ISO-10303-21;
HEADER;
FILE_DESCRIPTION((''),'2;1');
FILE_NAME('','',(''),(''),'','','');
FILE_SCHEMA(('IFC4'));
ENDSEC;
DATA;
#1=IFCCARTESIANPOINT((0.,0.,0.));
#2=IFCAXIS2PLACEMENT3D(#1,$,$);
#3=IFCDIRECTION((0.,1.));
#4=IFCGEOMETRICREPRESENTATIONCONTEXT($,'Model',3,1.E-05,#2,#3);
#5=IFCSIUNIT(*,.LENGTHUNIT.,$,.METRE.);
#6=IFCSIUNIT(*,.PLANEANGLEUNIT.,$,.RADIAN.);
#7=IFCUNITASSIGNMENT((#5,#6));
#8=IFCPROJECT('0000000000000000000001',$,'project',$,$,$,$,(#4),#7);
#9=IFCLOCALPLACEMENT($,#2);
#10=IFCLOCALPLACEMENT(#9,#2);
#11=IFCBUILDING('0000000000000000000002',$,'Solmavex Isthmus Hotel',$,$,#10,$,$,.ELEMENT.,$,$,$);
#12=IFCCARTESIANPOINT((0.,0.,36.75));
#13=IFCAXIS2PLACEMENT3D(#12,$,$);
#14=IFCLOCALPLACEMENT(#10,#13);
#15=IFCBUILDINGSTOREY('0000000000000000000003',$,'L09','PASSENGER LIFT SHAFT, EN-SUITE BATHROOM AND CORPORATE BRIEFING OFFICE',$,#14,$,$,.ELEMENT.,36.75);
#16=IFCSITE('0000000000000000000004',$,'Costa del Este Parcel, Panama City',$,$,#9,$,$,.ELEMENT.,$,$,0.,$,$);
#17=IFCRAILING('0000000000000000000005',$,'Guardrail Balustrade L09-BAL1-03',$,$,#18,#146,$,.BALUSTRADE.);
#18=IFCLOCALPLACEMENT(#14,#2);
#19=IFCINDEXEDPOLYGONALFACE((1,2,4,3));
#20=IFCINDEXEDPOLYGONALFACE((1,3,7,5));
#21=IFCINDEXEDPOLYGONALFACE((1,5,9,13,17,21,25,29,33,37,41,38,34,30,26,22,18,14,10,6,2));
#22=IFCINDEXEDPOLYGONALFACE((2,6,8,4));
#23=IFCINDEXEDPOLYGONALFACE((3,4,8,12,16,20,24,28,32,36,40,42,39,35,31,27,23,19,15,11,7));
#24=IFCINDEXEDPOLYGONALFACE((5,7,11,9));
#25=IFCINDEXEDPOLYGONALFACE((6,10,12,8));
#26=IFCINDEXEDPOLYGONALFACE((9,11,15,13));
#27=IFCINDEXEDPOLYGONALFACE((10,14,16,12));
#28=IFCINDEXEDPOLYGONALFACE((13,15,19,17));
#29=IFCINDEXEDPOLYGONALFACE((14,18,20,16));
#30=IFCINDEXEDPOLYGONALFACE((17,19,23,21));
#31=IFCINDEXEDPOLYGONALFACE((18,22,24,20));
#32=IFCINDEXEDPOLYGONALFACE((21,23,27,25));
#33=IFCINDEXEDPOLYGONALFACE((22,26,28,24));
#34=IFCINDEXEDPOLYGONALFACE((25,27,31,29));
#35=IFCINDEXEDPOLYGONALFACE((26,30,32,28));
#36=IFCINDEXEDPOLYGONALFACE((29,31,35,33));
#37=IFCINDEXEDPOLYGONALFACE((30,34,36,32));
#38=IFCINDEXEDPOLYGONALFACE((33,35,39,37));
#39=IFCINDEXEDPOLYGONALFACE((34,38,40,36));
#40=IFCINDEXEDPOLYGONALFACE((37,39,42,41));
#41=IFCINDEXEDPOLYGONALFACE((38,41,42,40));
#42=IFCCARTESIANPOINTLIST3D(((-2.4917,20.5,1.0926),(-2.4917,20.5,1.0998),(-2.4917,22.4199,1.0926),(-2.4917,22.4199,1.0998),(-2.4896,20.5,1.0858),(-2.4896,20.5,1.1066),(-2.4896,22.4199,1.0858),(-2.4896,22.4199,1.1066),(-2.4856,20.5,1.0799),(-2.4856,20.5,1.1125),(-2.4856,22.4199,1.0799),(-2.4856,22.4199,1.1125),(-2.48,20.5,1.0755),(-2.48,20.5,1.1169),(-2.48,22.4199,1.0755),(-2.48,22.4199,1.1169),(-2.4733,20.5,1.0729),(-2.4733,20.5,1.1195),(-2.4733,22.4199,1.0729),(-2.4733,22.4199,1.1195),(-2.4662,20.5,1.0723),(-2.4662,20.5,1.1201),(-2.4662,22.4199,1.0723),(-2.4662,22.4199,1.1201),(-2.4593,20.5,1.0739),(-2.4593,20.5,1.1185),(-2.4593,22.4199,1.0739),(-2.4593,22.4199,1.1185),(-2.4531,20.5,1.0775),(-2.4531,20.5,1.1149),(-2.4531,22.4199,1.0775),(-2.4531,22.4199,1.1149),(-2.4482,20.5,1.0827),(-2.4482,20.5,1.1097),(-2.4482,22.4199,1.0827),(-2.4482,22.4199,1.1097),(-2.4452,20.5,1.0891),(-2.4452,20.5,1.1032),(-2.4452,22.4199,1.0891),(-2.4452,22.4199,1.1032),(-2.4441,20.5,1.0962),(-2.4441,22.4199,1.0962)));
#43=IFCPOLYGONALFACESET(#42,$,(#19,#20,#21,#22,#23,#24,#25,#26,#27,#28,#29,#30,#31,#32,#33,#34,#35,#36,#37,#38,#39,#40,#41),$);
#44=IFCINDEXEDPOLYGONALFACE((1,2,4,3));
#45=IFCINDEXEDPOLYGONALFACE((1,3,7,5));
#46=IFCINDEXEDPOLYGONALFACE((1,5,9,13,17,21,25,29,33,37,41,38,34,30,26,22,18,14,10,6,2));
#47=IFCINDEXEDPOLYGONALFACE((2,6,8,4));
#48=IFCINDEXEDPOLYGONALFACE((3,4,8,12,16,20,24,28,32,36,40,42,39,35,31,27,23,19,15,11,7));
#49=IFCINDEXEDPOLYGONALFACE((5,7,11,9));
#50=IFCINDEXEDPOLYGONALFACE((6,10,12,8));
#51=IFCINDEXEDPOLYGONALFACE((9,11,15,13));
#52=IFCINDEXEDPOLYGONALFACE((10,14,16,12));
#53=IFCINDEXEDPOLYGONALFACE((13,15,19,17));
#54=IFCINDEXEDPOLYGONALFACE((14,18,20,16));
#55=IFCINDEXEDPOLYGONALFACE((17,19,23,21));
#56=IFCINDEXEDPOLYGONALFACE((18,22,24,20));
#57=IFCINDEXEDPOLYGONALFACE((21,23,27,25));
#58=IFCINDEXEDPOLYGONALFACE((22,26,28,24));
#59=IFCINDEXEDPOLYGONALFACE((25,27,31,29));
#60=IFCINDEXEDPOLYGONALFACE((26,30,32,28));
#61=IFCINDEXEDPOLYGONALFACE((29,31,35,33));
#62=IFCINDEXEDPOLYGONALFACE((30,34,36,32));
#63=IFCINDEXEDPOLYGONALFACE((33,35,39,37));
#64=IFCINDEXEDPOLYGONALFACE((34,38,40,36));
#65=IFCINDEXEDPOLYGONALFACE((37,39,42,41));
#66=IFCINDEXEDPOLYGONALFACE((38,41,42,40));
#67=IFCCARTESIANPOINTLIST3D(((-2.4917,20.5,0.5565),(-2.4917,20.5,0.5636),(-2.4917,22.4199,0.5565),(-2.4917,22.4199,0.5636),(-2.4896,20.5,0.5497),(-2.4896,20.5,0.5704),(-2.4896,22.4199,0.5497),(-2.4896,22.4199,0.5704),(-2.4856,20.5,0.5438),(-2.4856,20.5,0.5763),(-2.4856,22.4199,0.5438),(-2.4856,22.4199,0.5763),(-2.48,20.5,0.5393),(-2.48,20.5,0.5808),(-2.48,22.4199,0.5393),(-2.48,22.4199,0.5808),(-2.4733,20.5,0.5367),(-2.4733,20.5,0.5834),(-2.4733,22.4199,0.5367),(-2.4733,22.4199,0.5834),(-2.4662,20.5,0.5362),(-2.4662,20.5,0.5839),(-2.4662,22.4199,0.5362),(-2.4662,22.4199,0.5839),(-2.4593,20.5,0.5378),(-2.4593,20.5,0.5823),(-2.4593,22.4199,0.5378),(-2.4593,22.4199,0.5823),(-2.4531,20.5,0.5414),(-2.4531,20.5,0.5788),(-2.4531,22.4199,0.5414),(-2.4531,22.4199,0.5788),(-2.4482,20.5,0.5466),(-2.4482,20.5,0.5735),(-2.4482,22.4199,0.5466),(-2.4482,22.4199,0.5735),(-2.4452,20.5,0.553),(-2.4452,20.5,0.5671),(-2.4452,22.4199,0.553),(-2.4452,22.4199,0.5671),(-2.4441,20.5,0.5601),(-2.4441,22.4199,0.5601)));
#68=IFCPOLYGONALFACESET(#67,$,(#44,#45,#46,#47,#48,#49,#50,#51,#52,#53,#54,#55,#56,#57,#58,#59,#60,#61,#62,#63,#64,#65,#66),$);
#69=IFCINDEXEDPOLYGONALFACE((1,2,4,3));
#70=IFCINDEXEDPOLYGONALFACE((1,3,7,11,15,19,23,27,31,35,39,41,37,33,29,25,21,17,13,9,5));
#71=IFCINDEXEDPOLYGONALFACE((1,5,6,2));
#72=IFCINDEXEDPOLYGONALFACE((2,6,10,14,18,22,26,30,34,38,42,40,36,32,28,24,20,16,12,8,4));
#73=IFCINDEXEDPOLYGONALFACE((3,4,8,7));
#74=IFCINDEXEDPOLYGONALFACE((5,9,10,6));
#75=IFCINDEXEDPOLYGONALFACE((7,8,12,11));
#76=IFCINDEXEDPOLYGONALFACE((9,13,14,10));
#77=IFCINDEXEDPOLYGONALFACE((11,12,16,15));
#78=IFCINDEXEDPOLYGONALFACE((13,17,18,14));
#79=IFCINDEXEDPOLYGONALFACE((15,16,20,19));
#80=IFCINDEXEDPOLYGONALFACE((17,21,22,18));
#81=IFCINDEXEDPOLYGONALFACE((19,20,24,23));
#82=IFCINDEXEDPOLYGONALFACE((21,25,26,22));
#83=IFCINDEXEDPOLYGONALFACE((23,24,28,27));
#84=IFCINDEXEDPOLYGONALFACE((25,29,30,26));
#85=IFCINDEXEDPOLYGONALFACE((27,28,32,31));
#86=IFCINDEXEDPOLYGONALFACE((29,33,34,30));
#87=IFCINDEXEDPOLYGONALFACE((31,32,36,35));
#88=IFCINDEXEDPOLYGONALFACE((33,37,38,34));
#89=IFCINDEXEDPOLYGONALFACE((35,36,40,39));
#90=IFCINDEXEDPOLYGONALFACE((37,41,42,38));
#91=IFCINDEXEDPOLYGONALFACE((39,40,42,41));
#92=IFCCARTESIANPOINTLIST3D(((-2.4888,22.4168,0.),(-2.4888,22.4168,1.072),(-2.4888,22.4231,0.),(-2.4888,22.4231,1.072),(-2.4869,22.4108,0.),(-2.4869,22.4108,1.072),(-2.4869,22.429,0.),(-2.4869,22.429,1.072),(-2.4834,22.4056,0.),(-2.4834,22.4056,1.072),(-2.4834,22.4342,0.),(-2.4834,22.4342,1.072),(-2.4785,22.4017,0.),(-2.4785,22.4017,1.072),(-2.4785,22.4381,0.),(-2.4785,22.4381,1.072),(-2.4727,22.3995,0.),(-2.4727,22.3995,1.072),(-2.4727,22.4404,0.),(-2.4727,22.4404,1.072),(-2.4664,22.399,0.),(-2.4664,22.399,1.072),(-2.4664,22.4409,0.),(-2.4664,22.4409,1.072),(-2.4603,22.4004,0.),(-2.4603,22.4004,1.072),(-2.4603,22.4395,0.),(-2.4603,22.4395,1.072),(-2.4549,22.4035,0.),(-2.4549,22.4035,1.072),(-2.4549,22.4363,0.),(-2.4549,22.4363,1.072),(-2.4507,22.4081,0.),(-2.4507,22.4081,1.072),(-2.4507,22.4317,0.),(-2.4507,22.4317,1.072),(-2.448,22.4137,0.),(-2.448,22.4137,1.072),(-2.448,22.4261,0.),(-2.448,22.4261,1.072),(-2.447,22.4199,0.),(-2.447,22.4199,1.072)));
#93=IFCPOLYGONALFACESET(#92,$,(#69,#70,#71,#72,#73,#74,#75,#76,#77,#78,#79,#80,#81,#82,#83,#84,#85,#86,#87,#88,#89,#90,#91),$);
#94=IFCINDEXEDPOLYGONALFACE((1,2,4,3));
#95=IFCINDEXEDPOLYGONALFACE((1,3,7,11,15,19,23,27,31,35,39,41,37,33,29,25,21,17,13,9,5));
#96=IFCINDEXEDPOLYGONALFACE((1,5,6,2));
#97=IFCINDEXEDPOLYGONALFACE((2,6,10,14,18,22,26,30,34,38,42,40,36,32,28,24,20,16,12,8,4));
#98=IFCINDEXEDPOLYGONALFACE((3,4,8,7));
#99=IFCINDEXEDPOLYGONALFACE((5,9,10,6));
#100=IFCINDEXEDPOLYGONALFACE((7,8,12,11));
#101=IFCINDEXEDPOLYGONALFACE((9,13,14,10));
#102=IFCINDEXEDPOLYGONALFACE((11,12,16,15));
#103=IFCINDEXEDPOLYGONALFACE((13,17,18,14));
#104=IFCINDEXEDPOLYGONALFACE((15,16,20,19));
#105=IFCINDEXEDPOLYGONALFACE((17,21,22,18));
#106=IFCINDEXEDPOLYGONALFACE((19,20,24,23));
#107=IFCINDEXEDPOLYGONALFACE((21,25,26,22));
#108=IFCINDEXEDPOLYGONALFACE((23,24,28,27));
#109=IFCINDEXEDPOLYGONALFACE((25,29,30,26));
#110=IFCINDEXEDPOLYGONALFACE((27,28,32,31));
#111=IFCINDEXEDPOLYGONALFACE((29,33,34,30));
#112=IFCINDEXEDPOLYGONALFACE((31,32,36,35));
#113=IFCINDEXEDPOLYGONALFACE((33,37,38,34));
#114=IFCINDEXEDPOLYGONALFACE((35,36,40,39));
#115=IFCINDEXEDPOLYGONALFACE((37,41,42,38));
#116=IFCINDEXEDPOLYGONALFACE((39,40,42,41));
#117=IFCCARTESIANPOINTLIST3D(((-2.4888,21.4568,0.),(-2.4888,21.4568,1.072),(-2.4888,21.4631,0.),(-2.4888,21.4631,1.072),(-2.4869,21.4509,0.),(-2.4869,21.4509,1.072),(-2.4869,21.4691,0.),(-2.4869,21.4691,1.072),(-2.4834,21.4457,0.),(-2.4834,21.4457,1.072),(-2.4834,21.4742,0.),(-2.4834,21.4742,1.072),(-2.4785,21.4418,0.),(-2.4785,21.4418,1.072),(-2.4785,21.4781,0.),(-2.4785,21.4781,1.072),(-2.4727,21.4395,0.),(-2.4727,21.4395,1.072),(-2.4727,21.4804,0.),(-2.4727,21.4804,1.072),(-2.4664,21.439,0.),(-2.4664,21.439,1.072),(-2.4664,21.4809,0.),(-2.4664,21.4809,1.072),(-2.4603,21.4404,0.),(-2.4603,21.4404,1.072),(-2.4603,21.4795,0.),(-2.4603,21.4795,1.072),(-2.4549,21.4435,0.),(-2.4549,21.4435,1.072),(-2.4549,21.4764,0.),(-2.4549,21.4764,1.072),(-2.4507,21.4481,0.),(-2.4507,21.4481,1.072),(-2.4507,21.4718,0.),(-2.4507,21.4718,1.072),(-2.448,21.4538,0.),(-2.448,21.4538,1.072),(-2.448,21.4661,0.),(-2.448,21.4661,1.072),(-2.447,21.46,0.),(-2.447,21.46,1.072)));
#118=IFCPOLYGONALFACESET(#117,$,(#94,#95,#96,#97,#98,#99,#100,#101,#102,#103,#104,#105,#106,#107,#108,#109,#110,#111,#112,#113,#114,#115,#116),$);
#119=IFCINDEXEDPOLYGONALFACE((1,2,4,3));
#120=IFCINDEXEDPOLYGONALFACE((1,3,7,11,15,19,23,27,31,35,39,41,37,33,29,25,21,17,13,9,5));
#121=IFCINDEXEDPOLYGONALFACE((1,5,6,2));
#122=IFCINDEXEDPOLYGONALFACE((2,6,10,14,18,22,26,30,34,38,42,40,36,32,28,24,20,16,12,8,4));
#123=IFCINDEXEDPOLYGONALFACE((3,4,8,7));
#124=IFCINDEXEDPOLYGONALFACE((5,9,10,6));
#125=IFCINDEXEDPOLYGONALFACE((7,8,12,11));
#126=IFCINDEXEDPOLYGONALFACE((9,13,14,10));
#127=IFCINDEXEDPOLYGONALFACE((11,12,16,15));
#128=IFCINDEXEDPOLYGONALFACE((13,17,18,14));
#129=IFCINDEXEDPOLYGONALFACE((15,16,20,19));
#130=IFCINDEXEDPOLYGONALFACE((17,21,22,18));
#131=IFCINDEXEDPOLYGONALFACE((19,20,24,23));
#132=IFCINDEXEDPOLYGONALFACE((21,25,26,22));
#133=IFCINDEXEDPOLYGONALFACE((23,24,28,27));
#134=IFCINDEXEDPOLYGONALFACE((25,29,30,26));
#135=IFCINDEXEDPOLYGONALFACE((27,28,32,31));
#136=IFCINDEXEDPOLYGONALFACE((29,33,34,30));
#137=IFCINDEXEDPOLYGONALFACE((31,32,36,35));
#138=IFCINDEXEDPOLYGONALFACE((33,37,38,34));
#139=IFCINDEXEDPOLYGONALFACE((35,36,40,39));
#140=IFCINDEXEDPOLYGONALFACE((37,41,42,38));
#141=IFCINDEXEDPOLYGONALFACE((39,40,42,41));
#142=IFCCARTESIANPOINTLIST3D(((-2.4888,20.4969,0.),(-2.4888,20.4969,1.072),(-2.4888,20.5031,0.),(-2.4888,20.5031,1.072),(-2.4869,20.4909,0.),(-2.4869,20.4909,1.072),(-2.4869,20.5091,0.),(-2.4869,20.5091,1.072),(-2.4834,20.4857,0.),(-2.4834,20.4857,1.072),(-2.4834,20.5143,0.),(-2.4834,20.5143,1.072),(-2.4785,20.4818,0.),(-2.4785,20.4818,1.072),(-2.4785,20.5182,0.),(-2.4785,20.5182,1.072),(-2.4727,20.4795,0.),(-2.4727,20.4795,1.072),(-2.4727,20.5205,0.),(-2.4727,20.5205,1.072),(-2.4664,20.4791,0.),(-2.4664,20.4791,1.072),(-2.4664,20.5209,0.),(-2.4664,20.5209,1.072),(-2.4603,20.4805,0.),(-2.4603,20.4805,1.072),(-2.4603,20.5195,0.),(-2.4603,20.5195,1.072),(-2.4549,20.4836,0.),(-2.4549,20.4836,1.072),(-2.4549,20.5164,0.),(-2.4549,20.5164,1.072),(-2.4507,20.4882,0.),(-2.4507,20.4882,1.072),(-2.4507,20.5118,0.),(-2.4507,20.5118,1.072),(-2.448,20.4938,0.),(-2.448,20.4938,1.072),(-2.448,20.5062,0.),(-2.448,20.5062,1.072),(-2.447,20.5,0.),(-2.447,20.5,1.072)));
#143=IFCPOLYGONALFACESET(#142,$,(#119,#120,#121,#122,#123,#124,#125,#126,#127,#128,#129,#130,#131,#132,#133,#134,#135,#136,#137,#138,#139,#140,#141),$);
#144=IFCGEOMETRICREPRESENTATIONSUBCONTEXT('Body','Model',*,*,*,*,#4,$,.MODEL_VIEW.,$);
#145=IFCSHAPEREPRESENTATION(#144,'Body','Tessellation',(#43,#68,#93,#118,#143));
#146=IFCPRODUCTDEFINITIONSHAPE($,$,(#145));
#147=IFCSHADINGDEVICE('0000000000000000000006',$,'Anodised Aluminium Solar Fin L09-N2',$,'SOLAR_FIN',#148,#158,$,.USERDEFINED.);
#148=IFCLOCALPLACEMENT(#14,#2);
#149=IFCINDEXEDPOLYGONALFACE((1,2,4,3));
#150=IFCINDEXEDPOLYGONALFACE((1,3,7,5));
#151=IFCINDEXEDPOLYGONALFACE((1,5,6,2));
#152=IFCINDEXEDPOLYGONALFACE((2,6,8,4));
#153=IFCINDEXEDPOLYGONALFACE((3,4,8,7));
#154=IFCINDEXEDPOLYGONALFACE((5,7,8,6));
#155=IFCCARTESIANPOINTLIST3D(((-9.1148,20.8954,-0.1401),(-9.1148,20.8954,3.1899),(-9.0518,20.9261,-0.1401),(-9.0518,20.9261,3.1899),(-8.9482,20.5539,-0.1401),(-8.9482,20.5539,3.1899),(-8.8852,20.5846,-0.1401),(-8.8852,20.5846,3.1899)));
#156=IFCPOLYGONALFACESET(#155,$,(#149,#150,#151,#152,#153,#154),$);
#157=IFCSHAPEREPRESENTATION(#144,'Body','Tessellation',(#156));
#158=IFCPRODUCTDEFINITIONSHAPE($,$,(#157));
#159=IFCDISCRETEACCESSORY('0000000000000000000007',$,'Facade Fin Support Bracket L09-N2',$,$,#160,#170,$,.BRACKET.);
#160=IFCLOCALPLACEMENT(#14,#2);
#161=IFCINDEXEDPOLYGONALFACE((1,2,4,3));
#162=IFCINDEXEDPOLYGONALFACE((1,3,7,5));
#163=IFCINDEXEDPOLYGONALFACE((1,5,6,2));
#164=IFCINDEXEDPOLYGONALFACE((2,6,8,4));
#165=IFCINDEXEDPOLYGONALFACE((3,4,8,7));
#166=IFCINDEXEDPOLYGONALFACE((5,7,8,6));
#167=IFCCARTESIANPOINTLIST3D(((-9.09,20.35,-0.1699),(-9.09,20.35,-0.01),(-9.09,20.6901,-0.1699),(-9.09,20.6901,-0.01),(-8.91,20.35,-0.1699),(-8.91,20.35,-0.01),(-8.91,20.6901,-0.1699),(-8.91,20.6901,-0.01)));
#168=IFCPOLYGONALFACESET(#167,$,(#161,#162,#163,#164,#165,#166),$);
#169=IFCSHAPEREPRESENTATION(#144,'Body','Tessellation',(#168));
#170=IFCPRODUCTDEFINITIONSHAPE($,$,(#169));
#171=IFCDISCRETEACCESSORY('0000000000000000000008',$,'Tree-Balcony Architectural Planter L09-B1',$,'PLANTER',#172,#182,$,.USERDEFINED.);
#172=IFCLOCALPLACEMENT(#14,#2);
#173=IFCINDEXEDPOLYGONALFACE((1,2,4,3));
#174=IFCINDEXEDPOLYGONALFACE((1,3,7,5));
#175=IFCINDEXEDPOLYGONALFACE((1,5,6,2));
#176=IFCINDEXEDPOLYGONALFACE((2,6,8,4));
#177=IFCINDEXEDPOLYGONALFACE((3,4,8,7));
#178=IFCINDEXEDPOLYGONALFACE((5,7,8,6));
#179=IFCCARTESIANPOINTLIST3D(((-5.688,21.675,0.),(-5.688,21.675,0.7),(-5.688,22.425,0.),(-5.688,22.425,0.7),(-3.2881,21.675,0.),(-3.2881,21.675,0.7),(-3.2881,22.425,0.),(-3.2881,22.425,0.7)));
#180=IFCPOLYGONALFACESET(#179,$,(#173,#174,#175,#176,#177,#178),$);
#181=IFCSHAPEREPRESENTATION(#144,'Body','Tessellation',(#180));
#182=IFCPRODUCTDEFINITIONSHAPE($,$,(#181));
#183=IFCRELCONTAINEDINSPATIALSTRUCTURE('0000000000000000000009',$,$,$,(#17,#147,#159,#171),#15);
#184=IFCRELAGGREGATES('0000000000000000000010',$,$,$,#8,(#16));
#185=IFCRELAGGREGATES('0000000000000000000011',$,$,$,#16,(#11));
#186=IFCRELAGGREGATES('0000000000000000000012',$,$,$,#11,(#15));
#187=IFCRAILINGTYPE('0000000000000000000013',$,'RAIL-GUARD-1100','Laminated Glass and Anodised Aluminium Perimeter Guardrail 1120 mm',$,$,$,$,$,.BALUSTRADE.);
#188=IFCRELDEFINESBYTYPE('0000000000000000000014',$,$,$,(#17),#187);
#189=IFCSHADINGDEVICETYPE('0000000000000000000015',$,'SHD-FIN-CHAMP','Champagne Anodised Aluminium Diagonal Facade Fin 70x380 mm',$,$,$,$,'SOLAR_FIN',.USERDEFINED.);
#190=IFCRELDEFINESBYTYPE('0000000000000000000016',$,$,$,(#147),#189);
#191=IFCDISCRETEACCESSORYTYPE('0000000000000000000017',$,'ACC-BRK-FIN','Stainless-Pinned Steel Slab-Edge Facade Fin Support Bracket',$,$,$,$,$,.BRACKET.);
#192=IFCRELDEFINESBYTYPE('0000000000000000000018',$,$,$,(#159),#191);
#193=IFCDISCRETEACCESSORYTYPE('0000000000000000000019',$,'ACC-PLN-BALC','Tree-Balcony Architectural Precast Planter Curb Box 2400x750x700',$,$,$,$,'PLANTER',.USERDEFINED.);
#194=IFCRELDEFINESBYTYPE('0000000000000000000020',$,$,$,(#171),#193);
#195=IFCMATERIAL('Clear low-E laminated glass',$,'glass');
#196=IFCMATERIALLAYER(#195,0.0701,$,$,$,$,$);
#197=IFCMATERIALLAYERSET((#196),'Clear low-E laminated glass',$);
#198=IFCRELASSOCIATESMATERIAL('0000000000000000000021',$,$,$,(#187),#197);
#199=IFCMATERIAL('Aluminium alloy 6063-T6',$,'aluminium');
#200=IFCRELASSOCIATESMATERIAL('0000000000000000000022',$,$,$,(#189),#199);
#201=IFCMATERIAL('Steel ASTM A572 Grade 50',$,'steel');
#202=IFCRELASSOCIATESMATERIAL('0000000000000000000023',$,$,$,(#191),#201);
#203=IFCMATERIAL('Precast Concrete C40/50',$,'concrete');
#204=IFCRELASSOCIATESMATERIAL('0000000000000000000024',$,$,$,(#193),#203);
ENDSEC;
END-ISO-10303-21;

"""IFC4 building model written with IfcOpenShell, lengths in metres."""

from ifc_helpers import new_model, si_unit, direction, frame, origin, origin_2d, place, context, subcontext, project, spatial, rectangle, circle, extrude, material, layer, layer_set, type_object, element, save


model = new_model("IFC4")

# Units and contexts
model_context = context("Model", 3, precision=1e-05, world=origin(), true_north=direction((0.0, 1.0)))
body_context = subcontext(model_context, "Body", "Model", "MODEL_VIEW")
ifc_project = project(units=[si_unit("LENGTHUNIT", "METRE"), si_unit("PLANEANGLEUNIT", "RADIAN")], contexts=[model_context])

# Site, building, storey
site_placement = place(None, origin())
site = spatial("IfcSite", under=ifc_project, at=site_placement, Name="Costa del Este Parcel, Panama City", CompositionType="ELEMENT", RefElevation=0.0)
building_placement = place(site_placement, origin())
building = spatial("IfcBuilding", under=site, at=building_placement, Name="Solmavex Isthmus Hotel", CompositionType="ELEMENT")
storey_placement = place(building_placement, frame((0.0, 0.0, 36.75)))
storey = spatial("IfcBuildingStorey", under=building, at=storey_placement, Name="L09", Description="PASSENGER LIFT SHAFT, EN-SUITE BATHROOM AND CORPORATE BRIEFING OFFICE", CompositionType="ELEMENT", Elevation=36.75)

# Shared definitions
ifc_material_1 = material(Name="Aluminium alloy 6063-T6", Category="aluminium")

# Shared definitions
ifc_material_2 = material(Name="Clear low-E laminated glass", Category="glass")

# Shared definitions
ifc_material_3 = material(Name="Precast Concrete C40/50", Category="concrete")

# Railing
ifc_layer_1 = layer(ifc_material_2, 0.0701)
ifc_layer_set_1 = layer_set([ifc_layer_1], Name="Clear low-E laminated glass")
railing_type = type_object("IfcRailingType", Name="RAIL-GUARD-1100", Description="Laminated Glass and Anodised Aluminium Perimeter Guardrail 1120 mm", PredefinedType="BALUSTRADE", material=ifc_layer_set_1)
railing_1_placement = place(storey_placement, frame((-2.468, 22.4199, 0.0)))
element("IfcRailing", 1, at=railing_1_placement, inside=storey, type_object=railing_type, Name="Guardrail Balustrade L09-BAL1-03", PredefinedType="BALUSTRADE", context=body_context, shape_type="SweptSolid", body=[
    extrude(circle(Radius=0.0239, at=origin_2d()), frame((0.0, 0.0, 1.0962), z_axis=(0.0, -1.0, 0.0), x_axis=(1.0, 0.0, 0.0)), (0.0, 0.0, 1.0), 1.9199),
    extrude(circle(Radius=0.0239, at=origin_2d()), frame((0.0, 0.0, 0.5601), z_axis=(0.0, -1.0, 0.0), x_axis=(1.0, 0.0, 0.0)), (0.0, 0.0, 1.0), 1.9199),
    extrude(circle(Radius=0.021, at=origin_2d()), origin(), (0.0, 0.0, 1.0), 1.072),
    extrude(circle(Radius=0.021, at=origin_2d()), frame((0.0, -0.96, 0.0)), (0.0, 0.0, 1.0), 1.072),
    extrude(circle(Radius=0.021, at=origin_2d()), frame((0.0, -1.9199, 0.0)), (0.0, 0.0, 1.0), 1.072),
])

# Shading device
shading_device_type = type_object("IfcShadingDeviceType", Name="SHD-FIN-CHAMP", Description="Champagne Anodised Aluminium Diagonal Facade Fin 70x380 mm", ElementType="SOLAR_FIN", PredefinedType="USERDEFINED", material=ifc_material_1)
shading_device_placement = place(storey_placement, frame((-9.0, 20.74, -0.1401), z_axis=(0.0, 0.0, 1.0), x_axis=(-0.438371, 0.898794, 0.0)))
element("IfcShadingDevice", 2, at=shading_device_placement, inside=storey, type_object=shading_device_type, Name="Anodised Aluminium Solar Fin L09-N2", ObjectType="SOLAR_FIN", PredefinedType="USERDEFINED", context=body_context, shape_type="SweptSolid", body=[
    extrude(rectangle(XDim=0.3799, YDim=0.0701, at=origin_2d()), origin(), (0.0, 0.0, 1.0), 3.3301),
])

# Discrete accessories
ifc_material_4 = material(Name="Steel ASTM A572 Grade 50", Category="steel")
discrete_accessory_type_1 = type_object("IfcDiscreteAccessoryType", Name="ACC-BRK-FIN", Description="Stainless-Pinned Steel Slab-Edge Facade Fin Support Bracket", PredefinedType="BRACKET", material=ifc_material_4)
discrete_accessory_1_placement = place(storey_placement, frame((-9.0, 20.52, -0.1699), z_axis=(0.0, 0.0, 1.0), x_axis=(0.0, 1.0, 0.0)))
element("IfcDiscreteAccessory", 3, at=discrete_accessory_1_placement, inside=storey, type_object=discrete_accessory_type_1, Name="Facade Fin Support Bracket L09-N2", PredefinedType="BRACKET", context=body_context, shape_type="SweptSolid", body=[
    extrude(rectangle(XDim=0.3401, YDim=0.1799, at=origin_2d()), origin(), (0.0, 0.0, 1.0), 0.1599),
])
discrete_accessory_type_2 = type_object("IfcDiscreteAccessoryType", Name="ACC-PLN-BALC", Description="Tree-Balcony Architectural Precast Planter Curb Box 2400x750x700", ElementType="PLANTER", PredefinedType="USERDEFINED", material=ifc_material_3)
discrete_accessory_2_placement = place(storey_placement, frame((-4.488, 22.05, 0.0), z_axis=(0.0, 0.0, 1.0), x_axis=(1.0, 0.0, 0.0)))
element("IfcDiscreteAccessory", 4, at=discrete_accessory_2_placement, inside=storey, type_object=discrete_accessory_type_2, Name="Tree-Balcony Architectural Planter L09-B1", ObjectType="PLANTER", PredefinedType="USERDEFINED", context=body_context, shape_type="SweptSolid", body=[
    extrude(rectangle(XDim=2.3999, YDim=0.75, at=origin_2d()), origin(), (0.0, 0.0, 1.0), 0.7),
])

save(model, "model.ifc")
